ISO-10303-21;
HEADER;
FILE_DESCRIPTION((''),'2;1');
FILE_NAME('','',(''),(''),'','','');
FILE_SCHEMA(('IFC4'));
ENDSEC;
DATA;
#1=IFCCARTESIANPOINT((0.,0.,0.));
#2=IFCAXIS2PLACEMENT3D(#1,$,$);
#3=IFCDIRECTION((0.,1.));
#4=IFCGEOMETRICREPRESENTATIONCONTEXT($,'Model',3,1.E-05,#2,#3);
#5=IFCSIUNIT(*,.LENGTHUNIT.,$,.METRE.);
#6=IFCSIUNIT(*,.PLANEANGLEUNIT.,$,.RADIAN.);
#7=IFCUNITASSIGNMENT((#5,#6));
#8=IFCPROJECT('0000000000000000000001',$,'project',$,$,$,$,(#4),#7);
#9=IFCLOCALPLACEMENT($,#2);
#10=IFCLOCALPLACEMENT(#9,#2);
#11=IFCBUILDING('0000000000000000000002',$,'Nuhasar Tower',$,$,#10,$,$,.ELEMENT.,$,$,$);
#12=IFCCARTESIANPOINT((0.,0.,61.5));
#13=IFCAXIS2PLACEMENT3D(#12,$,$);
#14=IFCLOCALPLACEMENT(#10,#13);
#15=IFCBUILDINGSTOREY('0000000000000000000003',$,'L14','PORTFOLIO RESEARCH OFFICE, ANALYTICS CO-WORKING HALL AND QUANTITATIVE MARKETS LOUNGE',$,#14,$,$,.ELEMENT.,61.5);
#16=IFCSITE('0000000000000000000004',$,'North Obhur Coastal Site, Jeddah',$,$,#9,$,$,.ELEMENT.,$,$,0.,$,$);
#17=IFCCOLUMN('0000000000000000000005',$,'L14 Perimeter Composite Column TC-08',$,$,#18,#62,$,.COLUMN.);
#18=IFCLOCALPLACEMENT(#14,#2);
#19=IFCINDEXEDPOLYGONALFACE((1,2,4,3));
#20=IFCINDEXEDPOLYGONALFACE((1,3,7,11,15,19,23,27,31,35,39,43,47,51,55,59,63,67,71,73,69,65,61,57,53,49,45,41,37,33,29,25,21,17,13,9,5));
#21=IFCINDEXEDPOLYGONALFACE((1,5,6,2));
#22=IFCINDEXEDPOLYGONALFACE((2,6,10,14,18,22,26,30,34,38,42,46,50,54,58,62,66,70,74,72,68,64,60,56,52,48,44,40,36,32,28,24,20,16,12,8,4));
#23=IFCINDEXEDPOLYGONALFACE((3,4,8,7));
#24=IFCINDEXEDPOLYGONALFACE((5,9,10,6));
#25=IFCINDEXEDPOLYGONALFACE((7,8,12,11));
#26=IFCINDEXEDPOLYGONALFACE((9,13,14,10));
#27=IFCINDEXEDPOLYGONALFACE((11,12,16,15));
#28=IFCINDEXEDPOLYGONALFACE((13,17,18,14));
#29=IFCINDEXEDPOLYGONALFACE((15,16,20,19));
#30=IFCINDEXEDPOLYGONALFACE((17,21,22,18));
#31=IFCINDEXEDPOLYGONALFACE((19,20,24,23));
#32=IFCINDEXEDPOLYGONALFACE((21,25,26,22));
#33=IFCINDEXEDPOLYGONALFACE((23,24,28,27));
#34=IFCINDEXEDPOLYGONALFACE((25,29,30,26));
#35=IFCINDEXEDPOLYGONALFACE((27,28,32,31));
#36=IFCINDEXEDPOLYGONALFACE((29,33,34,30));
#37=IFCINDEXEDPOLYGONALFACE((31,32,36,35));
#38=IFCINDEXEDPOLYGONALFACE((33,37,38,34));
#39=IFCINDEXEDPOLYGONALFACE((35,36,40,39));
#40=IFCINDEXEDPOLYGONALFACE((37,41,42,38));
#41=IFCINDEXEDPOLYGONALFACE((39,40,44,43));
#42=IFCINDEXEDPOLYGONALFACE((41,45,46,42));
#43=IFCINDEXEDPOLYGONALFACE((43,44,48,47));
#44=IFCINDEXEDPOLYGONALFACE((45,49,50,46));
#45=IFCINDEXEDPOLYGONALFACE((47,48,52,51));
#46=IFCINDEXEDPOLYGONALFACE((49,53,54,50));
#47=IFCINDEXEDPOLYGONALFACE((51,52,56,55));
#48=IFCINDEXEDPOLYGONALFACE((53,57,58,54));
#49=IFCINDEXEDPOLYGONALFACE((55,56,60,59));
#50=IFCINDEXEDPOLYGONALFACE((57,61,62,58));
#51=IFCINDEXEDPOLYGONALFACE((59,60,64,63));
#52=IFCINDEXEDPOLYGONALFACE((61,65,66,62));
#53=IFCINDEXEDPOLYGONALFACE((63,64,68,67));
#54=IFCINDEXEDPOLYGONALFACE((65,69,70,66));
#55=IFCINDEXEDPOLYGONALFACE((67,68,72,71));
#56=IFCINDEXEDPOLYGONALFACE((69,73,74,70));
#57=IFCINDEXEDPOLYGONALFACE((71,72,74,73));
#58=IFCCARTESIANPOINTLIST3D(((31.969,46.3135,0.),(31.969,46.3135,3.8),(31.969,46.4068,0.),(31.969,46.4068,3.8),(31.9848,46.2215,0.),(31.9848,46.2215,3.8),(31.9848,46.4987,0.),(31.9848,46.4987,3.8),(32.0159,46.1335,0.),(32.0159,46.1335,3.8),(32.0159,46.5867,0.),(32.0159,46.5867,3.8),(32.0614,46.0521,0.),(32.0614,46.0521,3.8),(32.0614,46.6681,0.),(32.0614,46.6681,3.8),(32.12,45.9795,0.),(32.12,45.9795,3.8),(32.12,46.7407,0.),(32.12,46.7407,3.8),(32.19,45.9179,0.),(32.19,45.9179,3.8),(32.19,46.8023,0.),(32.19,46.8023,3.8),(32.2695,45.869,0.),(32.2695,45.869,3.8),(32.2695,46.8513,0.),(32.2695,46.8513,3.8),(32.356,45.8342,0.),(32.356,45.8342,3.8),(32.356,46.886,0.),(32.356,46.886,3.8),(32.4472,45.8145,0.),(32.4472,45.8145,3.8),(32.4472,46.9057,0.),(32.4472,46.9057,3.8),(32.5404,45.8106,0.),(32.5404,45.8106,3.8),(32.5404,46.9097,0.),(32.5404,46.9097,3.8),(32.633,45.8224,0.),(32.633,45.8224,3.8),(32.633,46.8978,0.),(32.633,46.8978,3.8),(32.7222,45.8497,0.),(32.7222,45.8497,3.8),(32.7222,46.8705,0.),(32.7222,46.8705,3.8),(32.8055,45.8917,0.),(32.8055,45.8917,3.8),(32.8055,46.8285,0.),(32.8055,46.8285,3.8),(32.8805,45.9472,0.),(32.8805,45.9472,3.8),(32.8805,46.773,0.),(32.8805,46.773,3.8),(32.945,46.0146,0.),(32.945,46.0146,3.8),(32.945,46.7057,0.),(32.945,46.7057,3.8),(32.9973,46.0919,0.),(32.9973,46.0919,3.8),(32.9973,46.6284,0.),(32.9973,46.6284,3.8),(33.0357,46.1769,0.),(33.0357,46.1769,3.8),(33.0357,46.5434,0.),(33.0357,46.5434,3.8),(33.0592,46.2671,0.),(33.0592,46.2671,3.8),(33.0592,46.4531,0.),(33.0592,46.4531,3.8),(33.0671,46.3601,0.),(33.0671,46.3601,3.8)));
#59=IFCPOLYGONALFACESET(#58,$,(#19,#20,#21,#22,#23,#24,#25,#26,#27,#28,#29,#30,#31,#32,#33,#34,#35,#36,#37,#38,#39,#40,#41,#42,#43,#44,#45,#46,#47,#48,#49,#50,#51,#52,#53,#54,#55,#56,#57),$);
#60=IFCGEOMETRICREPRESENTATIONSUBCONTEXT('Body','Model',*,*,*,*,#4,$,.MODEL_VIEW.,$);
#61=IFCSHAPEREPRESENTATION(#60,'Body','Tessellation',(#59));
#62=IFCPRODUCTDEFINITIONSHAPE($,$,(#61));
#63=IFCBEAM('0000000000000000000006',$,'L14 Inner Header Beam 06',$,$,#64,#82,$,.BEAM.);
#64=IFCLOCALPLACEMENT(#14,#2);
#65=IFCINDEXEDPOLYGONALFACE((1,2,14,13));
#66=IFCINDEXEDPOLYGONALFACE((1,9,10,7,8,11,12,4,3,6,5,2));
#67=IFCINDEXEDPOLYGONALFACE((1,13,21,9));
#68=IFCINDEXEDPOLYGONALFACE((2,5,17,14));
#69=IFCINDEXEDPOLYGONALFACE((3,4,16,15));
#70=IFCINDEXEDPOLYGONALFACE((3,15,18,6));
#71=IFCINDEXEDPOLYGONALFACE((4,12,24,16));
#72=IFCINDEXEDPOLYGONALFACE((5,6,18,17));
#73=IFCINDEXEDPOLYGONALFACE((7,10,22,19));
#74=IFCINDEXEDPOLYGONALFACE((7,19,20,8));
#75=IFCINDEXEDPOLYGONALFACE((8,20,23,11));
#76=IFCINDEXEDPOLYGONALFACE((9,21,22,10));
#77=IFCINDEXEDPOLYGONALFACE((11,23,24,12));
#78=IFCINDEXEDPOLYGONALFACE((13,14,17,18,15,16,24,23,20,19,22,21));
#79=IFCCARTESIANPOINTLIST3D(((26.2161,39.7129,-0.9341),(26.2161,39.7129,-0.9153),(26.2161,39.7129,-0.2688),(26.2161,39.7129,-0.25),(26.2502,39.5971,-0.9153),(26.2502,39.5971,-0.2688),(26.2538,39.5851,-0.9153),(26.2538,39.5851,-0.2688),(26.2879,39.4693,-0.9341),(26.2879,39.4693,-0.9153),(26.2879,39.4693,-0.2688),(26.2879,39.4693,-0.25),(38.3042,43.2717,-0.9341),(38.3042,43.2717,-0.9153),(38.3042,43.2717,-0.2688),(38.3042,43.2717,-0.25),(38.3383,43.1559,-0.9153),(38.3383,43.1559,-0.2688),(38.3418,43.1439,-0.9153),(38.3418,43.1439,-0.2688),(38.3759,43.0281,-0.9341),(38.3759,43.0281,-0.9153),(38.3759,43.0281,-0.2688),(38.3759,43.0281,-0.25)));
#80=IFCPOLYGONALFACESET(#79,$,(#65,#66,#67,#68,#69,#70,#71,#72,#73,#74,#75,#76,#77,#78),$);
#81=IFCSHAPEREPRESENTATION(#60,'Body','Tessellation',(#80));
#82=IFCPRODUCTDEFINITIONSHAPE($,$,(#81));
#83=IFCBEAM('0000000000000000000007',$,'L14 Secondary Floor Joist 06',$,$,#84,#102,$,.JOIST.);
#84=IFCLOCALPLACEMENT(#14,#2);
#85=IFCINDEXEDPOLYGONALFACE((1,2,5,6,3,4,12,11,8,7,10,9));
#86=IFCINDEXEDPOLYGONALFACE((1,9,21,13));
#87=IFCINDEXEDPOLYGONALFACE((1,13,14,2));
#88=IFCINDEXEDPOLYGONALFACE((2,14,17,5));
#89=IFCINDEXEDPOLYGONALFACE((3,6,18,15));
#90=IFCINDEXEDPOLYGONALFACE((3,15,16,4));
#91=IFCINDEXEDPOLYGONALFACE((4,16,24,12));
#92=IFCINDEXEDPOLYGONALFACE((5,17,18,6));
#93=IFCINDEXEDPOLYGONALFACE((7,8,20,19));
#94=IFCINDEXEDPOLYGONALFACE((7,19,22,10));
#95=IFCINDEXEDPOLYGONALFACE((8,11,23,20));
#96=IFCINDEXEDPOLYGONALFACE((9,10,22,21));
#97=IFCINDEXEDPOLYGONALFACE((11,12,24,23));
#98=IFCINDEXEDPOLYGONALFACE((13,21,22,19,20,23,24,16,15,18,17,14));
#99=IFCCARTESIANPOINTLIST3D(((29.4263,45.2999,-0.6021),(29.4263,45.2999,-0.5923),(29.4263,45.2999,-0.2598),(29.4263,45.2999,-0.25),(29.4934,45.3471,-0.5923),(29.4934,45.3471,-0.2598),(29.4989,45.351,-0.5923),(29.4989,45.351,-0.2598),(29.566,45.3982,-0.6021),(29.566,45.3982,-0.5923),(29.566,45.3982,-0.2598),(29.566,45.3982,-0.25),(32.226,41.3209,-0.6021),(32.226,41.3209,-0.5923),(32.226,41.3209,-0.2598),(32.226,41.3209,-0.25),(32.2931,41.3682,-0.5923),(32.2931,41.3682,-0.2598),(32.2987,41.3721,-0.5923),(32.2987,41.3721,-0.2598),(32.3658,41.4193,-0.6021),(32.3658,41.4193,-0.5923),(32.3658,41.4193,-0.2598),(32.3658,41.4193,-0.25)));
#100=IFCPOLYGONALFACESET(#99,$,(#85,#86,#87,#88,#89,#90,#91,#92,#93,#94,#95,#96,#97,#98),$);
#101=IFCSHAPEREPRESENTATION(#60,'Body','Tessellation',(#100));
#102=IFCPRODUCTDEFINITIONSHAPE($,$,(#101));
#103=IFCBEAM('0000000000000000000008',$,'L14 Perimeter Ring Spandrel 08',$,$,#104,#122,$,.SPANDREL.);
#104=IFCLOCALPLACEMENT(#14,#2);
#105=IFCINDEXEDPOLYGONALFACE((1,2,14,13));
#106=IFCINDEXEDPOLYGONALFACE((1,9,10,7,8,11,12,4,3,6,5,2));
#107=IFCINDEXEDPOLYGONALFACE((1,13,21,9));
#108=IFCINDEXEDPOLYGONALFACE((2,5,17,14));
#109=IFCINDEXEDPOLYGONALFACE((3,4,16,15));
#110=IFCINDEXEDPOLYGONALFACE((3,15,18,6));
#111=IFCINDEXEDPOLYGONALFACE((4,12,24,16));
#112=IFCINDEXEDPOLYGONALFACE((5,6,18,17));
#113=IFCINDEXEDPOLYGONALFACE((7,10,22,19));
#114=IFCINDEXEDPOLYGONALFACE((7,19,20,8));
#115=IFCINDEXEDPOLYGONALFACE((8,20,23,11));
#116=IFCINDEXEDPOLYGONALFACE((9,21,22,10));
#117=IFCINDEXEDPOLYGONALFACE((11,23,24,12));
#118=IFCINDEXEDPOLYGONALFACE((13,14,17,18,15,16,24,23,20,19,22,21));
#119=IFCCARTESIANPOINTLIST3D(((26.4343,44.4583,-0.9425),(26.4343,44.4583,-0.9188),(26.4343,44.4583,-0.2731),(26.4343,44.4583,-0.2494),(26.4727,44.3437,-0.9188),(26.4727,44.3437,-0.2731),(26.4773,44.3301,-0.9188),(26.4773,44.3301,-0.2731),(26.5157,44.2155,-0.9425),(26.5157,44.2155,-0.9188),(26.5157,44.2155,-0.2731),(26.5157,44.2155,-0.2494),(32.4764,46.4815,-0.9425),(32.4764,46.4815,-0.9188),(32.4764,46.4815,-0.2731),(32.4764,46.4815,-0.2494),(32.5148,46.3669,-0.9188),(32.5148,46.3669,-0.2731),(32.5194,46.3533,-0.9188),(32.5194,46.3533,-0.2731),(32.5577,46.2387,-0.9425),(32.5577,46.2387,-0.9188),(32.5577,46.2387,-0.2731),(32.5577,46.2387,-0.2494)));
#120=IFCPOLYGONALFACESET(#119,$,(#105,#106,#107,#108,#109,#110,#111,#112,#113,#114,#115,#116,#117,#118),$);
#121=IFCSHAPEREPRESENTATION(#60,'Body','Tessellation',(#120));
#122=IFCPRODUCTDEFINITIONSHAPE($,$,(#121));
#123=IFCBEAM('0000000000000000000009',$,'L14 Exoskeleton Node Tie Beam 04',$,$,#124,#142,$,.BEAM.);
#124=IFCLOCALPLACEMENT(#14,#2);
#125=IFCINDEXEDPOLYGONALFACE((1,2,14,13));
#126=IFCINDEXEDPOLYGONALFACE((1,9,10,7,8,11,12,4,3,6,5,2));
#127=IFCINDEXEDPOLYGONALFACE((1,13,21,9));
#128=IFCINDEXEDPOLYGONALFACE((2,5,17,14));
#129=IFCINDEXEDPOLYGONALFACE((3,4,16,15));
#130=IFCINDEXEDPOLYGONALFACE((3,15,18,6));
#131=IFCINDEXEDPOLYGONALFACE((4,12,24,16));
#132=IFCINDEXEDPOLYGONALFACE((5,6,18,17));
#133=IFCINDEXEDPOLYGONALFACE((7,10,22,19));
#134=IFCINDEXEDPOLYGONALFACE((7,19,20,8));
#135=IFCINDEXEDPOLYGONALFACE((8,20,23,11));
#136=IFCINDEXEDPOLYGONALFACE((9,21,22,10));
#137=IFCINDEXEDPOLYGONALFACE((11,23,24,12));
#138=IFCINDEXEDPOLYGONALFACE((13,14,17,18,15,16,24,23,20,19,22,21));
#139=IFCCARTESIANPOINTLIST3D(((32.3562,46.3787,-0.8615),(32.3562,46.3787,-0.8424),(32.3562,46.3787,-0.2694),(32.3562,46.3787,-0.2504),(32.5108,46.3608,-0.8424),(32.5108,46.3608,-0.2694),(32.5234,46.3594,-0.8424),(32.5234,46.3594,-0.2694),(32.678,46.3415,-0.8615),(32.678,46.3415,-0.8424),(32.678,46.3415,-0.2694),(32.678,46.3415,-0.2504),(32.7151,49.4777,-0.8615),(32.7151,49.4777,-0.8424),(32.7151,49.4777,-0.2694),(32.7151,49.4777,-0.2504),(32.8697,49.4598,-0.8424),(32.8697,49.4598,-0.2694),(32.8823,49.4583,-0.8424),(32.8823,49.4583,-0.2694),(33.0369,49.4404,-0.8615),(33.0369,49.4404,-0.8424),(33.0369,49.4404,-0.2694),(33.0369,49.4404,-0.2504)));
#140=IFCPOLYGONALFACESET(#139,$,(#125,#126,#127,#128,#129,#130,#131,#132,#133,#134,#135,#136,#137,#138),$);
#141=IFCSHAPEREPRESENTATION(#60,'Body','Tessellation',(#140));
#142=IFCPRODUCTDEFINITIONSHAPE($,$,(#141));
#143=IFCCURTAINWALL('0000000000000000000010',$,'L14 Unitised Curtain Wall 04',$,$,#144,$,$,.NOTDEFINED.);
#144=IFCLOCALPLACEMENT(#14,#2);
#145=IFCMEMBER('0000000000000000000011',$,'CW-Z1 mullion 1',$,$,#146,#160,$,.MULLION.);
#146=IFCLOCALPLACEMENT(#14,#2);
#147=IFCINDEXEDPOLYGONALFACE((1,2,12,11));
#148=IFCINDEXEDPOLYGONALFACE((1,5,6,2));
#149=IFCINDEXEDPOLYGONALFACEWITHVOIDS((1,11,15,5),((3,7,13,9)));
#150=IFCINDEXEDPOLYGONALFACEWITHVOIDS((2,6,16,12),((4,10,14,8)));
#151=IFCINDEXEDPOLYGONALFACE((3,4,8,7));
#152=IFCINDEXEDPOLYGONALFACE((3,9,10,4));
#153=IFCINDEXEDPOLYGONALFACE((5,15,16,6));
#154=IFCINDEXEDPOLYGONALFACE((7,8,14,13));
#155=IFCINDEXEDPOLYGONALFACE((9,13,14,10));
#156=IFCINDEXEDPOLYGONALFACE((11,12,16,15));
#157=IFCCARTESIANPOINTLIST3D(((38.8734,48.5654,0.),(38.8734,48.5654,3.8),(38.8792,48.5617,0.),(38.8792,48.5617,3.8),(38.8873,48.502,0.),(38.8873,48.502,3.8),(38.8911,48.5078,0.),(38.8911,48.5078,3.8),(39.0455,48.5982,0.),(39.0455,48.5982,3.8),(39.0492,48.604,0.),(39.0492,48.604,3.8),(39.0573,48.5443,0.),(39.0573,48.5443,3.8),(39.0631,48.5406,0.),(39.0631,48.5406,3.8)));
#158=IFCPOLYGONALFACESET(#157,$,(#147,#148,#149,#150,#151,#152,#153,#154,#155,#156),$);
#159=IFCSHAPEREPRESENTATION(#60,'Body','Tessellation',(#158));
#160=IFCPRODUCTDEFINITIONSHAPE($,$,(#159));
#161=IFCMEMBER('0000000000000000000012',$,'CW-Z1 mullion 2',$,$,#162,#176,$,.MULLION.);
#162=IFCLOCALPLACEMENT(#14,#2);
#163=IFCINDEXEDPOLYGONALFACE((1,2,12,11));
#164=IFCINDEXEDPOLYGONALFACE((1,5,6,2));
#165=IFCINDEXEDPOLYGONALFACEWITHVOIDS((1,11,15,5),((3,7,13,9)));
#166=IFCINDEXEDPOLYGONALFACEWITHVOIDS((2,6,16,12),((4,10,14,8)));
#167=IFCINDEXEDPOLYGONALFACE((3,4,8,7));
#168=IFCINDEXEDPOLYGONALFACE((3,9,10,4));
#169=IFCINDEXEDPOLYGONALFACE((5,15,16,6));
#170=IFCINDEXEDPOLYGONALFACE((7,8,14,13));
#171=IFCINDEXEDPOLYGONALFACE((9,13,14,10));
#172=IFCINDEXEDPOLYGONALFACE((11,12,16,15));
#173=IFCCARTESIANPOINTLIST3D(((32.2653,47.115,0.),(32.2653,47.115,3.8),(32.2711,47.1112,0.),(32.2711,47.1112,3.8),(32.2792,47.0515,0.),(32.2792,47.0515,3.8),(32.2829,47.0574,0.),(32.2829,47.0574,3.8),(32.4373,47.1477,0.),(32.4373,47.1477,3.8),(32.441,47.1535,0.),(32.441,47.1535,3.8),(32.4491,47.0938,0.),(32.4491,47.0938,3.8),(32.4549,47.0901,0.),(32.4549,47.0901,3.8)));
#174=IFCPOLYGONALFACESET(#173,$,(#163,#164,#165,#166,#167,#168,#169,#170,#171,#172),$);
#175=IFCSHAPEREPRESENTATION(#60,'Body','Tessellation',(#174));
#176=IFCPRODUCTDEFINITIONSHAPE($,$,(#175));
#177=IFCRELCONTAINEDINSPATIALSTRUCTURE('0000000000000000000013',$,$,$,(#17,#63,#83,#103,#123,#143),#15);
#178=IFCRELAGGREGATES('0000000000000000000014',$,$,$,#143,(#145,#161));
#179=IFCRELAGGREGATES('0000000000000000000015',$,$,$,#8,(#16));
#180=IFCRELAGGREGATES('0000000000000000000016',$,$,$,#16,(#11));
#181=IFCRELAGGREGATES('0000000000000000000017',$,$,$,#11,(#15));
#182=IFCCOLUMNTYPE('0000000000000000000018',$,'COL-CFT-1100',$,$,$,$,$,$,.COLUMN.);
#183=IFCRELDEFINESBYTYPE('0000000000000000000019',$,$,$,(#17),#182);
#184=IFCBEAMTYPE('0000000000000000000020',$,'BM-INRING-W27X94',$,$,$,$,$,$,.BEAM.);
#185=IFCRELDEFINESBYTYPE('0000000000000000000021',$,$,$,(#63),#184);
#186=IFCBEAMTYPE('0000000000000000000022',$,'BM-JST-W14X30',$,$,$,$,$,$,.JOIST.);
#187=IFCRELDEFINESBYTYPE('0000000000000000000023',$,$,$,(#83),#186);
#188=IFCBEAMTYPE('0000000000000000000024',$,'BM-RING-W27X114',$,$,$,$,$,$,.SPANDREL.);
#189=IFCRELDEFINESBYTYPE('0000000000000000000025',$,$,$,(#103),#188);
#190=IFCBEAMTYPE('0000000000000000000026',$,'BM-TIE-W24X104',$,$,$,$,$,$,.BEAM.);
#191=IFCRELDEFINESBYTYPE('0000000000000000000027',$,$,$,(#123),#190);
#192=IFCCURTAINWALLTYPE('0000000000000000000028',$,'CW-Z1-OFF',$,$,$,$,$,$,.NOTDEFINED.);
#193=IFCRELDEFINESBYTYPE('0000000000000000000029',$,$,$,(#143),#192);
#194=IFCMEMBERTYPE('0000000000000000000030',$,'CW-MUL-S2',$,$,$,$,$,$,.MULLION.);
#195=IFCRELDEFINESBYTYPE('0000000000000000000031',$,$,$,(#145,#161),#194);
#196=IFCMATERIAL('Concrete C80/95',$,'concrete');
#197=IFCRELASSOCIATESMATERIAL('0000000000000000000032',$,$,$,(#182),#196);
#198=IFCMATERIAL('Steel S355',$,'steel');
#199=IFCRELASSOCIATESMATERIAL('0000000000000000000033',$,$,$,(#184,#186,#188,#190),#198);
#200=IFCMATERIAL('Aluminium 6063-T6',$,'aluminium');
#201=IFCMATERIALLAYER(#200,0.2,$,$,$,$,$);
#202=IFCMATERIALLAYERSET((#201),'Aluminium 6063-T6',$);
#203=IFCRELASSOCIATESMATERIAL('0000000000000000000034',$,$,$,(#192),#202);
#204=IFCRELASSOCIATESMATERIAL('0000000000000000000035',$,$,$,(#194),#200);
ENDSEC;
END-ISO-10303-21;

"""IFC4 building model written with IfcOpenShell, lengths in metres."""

from ifc_helpers import new_model, si_unit, direction, frame, origin, origin_2d, place, context, subcontext, project, spatial, hollow_rectangle, circle, i_section, extrude, material, layer, layer_set, material_profile, profile_set, type_object, element, aggregate, save


model = new_model("IFC4")

# Units and contexts
model_context = context("Model", 3, precision=1e-05, world=origin(), true_north=direction((0.0, 1.0)))
body_context = subcontext(model_context, "Body", "Model", "MODEL_VIEW")
ifc_project = project(units=[si_unit("LENGTHUNIT", "METRE"), si_unit("PLANEANGLEUNIT", "RADIAN")], contexts=[model_context])

# Site, building, storey
site_placement = place(None, origin())
site = spatial("IfcSite", under=ifc_project, at=site_placement, Name="North Obhur Coastal Site, Jeddah", CompositionType="ELEMENT", RefElevation=0.0)
building_placement = place(site_placement, origin())
building = spatial("IfcBuilding", under=site, at=building_placement, Name="Nuhasar Tower", CompositionType="ELEMENT")
storey_placement = place(building_placement, frame((0.0, 0.0, 61.5)))
storey = spatial("IfcBuildingStorey", under=building, at=storey_placement, Name="L14", Description="PORTFOLIO RESEARCH OFFICE, ANALYTICS CO-WORKING HALL AND QUANTITATIVE MARKETS LOUNGE", CompositionType="ELEMENT", Elevation=61.5)

# Column
ifc_material_1 = material(Name="Concrete C80/95", Category="concrete")
ifc_material_profile_1 = material_profile(ifc_material_1, circle(Radius=0.55, at=origin_2d()), Name="CFT1100")
ifc_profile_set_1 = profile_set([ifc_material_profile_1], Name="Concrete C80/95")
column_type = type_object("IfcColumnType", Name="COL-CFT-1100", PredefinedType="COLUMN", material=ifc_profile_set_1)
column_placement = place(storey_placement, frame((32.5171, 46.3601, 0.0), z_axis=(0.0, 0.0, 1.0), x_axis=(1.0, 0.0, 0.0)))
element("IfcColumn", 1, at=column_placement, inside=storey, type_object=column_type, Name="L14 Perimeter Composite Column TC-08", PredefinedType="COLUMN", context=body_context, shape_type="SweptSolid", body=[
    extrude(circle(Radius=0.55, at=origin_2d()), origin(), (0.0, 0.0, 1.0), 3.8),
])

# Beams
ifc_material_2 = material(Name="Steel S355", Category="steel")
ifc_material_profile_2 = material_profile(ifc_material_2, i_section(OverallWidth=0.2539, OverallDepth=0.6841, WebThickness=0.0125, FlangeThickness=0.0188, at=origin_2d()), Name="W27X94")
ifc_profile_set_2 = profile_set([ifc_material_profile_2], Name="Steel S355")
beam_type_1 = type_object("IfcBeamType", Name="BM-INRING-W27X94", PredefinedType="BEAM", material=ifc_profile_set_2)
beam_1_placement = place(storey_placement, frame((38.3401, 43.1499, -0.592), z_axis=(-0.95929, -0.282422, 0.0), x_axis=(0.282422, -0.95929, 0.0)))
element("IfcBeam", 2, at=beam_1_placement, inside=storey, type_object=beam_type_1, Name="L14 Inner Header Beam 06", PredefinedType="BEAM", context=body_context, shape_type="SweptSolid", body=[
    extrude(i_section(OverallWidth=0.2539, OverallDepth=0.6841, WebThickness=0.0125, FlangeThickness=0.0188, at=origin_2d()), origin(), (0.0, 0.0, 1.0), 12.6011),
])
ifc_material_profile_3 = material_profile(ifc_material_2, i_section(OverallWidth=0.1709, OverallDepth=0.3521, WebThickness=0.0068, FlangeThickness=0.0098, at=origin_2d()), Name="W14X30")
ifc_profile_set_3 = profile_set([ifc_material_profile_3], Name="Steel S355")
beam_type_2 = type_object("IfcBeamType", Name="BM-JST-W14X30", PredefinedType="JOIST", material=ifc_profile_set_3)
beam_2_placement = place(storey_placement, frame((32.2959, 41.3701, -0.426), z_axis=(-0.575461, 0.817829, 0.0), x_axis=(-0.817829, -0.575461, 0.0)))
element("IfcBeam", 3, at=beam_2_placement, inside=storey, type_object=beam_type_2, Name="L14 Secondary Floor Joist 06", PredefinedType="JOIST", context=body_context, shape_type="SweptSolid", body=[
    extrude(i_section(OverallWidth=0.1709, OverallDepth=0.3521, WebThickness=0.0068, FlangeThickness=0.0098, at=origin_2d()), origin(), (0.0, 0.0, 1.0), 4.8652),
])
ifc_material_profile_4 = material_profile(ifc_material_2, i_section(OverallWidth=0.2561, OverallDepth=0.6931, WebThickness=0.0144, FlangeThickness=0.0237, at=origin_2d()), Name="W27X114")
ifc_profile_set_4 = profile_set([ifc_material_profile_4], Name="Steel S355")
beam_type_3 = type_object("IfcBeamType", Name="BM-RING-W27X114", PredefinedType="SPANDREL", material=ifc_profile_set_4)
beam_3_placement = place(storey_placement, frame((32.5171, 46.3601, -0.5959), z_axis=(-0.948249, -0.317526, 0.0), x_axis=(0.317526, -0.948249, 0.0)))
element("IfcBeam", 4, at=beam_3_placement, inside=storey, type_object=beam_type_3, Name="L14 Perimeter Ring Spandrel 08", PredefinedType="SPANDREL", context=body_context, shape_type="SweptSolid", body=[
    extrude(i_section(OverallWidth=0.2561, OverallDepth=0.6931, WebThickness=0.0144, FlangeThickness=0.0237, at=origin_2d()), origin(), (0.0, 0.0, 1.0), 6.3718),
])
ifc_material_profile_5 = material_profile(ifc_material_2, i_section(OverallWidth=0.324, OverallDepth=0.6111, WebThickness=0.0127, FlangeThickness=0.019, at=origin_2d()), Name="W24X104")
ifc_profile_set_5 = profile_set([ifc_material_profile_5], Name="Steel S355")
beam_type_4 = type_object("IfcBeamType", Name="BM-TIE-W24X104", PredefinedType="BEAM", material=ifc_profile_set_5)
beam_4_placement = place(storey_placement, frame((32.5171, 46.3601, -0.5559), z_axis=(0.115043, 0.993361, 0.0), x_axis=(-0.993361, 0.115043, 0.0)))
element("IfcBeam", 5, at=beam_4_placement, inside=storey, type_object=beam_type_4, Name="L14 Exoskeleton Node Tie Beam 04", PredefinedType="BEAM", context=body_context, shape_type="SweptSolid", body=[
    extrude(i_section(OverallWidth=0.324, OverallDepth=0.6111, WebThickness=0.0127, FlangeThickness=0.019, at=origin_2d()), origin(), (0.0, 0.0, 1.0), 3.1196),
])

# Curtain wall, members
ifc_material_3 = material(Name="Aluminium 6063-T6", Category="aluminium")
ifc_layer_1 = layer(ifc_material_3, 0.2)
ifc_layer_set_1 = layer_set([ifc_layer_1], Name="Aluminium 6063-T6")
curtain_wall_type = type_object("IfcCurtainWallType", Name="CW-Z1-OFF", PredefinedType="NOTDEFINED", material=ifc_layer_set_1)
curtain_wall_placement = place(storey_placement, origin())
curtain_wall = element("IfcCurtainWall", 6, at=curtain_wall_placement, inside=storey, type_object=curtain_wall_type, Name="L14 Unitised Curtain Wall 04", PredefinedType="NOTDEFINED")
ifc_material_profile_6 = material_profile(ifc_material_3, hollow_rectangle(XDim=0.0649, YDim=0.1799, WallThickness=0.0049, at=origin_2d()), Name="CWM-2")
ifc_profile_set_6 = profile_set([ifc_material_profile_6], Name="Aluminium 6063-T6")
member_type_1 = type_object("IfcMemberType", Name="CW-MUL-S2", PredefinedType="MULLION", material=ifc_profile_set_6)
member_1_placement = place(storey_placement, frame((38.9683, 48.553, 0.0), z_axis=(0.0, 0.0, 1.0), x_axis=(0.214399, -0.976746, 0.0)))
member_1 = element("IfcMember", 7, at=member_1_placement, type_object=member_type_1, Name="CW-Z1 mullion 1", PredefinedType="MULLION", context=body_context, shape_type="SweptSolid", body=[
    extrude(hollow_rectangle(XDim=0.0649, YDim=0.1799, WallThickness=0.0049, at=origin_2d()), origin(), (0.0, 0.0, 1.0), 3.8),
])
member_2_placement = place(storey_placement, frame((32.3601, 47.1025, 0.0), z_axis=(0.0, 0.0, 1.0), x_axis=(0.214399, -0.976746, 0.0)))
member_2 = element("IfcMember", 8, at=member_2_placement, type_object=member_type_1, Name="CW-Z1 mullion 2", PredefinedType="MULLION", context=body_context, shape_type="SweptSolid", body=[
    extrude(hollow_rectangle(XDim=0.0649, YDim=0.1799, WallThickness=0.0049, at=origin_2d()), origin(), (0.0, 0.0, 1.0), 3.8),
])

aggregate(curtain_wall, [member_1, member_2])

save(model, "model.ifc")
